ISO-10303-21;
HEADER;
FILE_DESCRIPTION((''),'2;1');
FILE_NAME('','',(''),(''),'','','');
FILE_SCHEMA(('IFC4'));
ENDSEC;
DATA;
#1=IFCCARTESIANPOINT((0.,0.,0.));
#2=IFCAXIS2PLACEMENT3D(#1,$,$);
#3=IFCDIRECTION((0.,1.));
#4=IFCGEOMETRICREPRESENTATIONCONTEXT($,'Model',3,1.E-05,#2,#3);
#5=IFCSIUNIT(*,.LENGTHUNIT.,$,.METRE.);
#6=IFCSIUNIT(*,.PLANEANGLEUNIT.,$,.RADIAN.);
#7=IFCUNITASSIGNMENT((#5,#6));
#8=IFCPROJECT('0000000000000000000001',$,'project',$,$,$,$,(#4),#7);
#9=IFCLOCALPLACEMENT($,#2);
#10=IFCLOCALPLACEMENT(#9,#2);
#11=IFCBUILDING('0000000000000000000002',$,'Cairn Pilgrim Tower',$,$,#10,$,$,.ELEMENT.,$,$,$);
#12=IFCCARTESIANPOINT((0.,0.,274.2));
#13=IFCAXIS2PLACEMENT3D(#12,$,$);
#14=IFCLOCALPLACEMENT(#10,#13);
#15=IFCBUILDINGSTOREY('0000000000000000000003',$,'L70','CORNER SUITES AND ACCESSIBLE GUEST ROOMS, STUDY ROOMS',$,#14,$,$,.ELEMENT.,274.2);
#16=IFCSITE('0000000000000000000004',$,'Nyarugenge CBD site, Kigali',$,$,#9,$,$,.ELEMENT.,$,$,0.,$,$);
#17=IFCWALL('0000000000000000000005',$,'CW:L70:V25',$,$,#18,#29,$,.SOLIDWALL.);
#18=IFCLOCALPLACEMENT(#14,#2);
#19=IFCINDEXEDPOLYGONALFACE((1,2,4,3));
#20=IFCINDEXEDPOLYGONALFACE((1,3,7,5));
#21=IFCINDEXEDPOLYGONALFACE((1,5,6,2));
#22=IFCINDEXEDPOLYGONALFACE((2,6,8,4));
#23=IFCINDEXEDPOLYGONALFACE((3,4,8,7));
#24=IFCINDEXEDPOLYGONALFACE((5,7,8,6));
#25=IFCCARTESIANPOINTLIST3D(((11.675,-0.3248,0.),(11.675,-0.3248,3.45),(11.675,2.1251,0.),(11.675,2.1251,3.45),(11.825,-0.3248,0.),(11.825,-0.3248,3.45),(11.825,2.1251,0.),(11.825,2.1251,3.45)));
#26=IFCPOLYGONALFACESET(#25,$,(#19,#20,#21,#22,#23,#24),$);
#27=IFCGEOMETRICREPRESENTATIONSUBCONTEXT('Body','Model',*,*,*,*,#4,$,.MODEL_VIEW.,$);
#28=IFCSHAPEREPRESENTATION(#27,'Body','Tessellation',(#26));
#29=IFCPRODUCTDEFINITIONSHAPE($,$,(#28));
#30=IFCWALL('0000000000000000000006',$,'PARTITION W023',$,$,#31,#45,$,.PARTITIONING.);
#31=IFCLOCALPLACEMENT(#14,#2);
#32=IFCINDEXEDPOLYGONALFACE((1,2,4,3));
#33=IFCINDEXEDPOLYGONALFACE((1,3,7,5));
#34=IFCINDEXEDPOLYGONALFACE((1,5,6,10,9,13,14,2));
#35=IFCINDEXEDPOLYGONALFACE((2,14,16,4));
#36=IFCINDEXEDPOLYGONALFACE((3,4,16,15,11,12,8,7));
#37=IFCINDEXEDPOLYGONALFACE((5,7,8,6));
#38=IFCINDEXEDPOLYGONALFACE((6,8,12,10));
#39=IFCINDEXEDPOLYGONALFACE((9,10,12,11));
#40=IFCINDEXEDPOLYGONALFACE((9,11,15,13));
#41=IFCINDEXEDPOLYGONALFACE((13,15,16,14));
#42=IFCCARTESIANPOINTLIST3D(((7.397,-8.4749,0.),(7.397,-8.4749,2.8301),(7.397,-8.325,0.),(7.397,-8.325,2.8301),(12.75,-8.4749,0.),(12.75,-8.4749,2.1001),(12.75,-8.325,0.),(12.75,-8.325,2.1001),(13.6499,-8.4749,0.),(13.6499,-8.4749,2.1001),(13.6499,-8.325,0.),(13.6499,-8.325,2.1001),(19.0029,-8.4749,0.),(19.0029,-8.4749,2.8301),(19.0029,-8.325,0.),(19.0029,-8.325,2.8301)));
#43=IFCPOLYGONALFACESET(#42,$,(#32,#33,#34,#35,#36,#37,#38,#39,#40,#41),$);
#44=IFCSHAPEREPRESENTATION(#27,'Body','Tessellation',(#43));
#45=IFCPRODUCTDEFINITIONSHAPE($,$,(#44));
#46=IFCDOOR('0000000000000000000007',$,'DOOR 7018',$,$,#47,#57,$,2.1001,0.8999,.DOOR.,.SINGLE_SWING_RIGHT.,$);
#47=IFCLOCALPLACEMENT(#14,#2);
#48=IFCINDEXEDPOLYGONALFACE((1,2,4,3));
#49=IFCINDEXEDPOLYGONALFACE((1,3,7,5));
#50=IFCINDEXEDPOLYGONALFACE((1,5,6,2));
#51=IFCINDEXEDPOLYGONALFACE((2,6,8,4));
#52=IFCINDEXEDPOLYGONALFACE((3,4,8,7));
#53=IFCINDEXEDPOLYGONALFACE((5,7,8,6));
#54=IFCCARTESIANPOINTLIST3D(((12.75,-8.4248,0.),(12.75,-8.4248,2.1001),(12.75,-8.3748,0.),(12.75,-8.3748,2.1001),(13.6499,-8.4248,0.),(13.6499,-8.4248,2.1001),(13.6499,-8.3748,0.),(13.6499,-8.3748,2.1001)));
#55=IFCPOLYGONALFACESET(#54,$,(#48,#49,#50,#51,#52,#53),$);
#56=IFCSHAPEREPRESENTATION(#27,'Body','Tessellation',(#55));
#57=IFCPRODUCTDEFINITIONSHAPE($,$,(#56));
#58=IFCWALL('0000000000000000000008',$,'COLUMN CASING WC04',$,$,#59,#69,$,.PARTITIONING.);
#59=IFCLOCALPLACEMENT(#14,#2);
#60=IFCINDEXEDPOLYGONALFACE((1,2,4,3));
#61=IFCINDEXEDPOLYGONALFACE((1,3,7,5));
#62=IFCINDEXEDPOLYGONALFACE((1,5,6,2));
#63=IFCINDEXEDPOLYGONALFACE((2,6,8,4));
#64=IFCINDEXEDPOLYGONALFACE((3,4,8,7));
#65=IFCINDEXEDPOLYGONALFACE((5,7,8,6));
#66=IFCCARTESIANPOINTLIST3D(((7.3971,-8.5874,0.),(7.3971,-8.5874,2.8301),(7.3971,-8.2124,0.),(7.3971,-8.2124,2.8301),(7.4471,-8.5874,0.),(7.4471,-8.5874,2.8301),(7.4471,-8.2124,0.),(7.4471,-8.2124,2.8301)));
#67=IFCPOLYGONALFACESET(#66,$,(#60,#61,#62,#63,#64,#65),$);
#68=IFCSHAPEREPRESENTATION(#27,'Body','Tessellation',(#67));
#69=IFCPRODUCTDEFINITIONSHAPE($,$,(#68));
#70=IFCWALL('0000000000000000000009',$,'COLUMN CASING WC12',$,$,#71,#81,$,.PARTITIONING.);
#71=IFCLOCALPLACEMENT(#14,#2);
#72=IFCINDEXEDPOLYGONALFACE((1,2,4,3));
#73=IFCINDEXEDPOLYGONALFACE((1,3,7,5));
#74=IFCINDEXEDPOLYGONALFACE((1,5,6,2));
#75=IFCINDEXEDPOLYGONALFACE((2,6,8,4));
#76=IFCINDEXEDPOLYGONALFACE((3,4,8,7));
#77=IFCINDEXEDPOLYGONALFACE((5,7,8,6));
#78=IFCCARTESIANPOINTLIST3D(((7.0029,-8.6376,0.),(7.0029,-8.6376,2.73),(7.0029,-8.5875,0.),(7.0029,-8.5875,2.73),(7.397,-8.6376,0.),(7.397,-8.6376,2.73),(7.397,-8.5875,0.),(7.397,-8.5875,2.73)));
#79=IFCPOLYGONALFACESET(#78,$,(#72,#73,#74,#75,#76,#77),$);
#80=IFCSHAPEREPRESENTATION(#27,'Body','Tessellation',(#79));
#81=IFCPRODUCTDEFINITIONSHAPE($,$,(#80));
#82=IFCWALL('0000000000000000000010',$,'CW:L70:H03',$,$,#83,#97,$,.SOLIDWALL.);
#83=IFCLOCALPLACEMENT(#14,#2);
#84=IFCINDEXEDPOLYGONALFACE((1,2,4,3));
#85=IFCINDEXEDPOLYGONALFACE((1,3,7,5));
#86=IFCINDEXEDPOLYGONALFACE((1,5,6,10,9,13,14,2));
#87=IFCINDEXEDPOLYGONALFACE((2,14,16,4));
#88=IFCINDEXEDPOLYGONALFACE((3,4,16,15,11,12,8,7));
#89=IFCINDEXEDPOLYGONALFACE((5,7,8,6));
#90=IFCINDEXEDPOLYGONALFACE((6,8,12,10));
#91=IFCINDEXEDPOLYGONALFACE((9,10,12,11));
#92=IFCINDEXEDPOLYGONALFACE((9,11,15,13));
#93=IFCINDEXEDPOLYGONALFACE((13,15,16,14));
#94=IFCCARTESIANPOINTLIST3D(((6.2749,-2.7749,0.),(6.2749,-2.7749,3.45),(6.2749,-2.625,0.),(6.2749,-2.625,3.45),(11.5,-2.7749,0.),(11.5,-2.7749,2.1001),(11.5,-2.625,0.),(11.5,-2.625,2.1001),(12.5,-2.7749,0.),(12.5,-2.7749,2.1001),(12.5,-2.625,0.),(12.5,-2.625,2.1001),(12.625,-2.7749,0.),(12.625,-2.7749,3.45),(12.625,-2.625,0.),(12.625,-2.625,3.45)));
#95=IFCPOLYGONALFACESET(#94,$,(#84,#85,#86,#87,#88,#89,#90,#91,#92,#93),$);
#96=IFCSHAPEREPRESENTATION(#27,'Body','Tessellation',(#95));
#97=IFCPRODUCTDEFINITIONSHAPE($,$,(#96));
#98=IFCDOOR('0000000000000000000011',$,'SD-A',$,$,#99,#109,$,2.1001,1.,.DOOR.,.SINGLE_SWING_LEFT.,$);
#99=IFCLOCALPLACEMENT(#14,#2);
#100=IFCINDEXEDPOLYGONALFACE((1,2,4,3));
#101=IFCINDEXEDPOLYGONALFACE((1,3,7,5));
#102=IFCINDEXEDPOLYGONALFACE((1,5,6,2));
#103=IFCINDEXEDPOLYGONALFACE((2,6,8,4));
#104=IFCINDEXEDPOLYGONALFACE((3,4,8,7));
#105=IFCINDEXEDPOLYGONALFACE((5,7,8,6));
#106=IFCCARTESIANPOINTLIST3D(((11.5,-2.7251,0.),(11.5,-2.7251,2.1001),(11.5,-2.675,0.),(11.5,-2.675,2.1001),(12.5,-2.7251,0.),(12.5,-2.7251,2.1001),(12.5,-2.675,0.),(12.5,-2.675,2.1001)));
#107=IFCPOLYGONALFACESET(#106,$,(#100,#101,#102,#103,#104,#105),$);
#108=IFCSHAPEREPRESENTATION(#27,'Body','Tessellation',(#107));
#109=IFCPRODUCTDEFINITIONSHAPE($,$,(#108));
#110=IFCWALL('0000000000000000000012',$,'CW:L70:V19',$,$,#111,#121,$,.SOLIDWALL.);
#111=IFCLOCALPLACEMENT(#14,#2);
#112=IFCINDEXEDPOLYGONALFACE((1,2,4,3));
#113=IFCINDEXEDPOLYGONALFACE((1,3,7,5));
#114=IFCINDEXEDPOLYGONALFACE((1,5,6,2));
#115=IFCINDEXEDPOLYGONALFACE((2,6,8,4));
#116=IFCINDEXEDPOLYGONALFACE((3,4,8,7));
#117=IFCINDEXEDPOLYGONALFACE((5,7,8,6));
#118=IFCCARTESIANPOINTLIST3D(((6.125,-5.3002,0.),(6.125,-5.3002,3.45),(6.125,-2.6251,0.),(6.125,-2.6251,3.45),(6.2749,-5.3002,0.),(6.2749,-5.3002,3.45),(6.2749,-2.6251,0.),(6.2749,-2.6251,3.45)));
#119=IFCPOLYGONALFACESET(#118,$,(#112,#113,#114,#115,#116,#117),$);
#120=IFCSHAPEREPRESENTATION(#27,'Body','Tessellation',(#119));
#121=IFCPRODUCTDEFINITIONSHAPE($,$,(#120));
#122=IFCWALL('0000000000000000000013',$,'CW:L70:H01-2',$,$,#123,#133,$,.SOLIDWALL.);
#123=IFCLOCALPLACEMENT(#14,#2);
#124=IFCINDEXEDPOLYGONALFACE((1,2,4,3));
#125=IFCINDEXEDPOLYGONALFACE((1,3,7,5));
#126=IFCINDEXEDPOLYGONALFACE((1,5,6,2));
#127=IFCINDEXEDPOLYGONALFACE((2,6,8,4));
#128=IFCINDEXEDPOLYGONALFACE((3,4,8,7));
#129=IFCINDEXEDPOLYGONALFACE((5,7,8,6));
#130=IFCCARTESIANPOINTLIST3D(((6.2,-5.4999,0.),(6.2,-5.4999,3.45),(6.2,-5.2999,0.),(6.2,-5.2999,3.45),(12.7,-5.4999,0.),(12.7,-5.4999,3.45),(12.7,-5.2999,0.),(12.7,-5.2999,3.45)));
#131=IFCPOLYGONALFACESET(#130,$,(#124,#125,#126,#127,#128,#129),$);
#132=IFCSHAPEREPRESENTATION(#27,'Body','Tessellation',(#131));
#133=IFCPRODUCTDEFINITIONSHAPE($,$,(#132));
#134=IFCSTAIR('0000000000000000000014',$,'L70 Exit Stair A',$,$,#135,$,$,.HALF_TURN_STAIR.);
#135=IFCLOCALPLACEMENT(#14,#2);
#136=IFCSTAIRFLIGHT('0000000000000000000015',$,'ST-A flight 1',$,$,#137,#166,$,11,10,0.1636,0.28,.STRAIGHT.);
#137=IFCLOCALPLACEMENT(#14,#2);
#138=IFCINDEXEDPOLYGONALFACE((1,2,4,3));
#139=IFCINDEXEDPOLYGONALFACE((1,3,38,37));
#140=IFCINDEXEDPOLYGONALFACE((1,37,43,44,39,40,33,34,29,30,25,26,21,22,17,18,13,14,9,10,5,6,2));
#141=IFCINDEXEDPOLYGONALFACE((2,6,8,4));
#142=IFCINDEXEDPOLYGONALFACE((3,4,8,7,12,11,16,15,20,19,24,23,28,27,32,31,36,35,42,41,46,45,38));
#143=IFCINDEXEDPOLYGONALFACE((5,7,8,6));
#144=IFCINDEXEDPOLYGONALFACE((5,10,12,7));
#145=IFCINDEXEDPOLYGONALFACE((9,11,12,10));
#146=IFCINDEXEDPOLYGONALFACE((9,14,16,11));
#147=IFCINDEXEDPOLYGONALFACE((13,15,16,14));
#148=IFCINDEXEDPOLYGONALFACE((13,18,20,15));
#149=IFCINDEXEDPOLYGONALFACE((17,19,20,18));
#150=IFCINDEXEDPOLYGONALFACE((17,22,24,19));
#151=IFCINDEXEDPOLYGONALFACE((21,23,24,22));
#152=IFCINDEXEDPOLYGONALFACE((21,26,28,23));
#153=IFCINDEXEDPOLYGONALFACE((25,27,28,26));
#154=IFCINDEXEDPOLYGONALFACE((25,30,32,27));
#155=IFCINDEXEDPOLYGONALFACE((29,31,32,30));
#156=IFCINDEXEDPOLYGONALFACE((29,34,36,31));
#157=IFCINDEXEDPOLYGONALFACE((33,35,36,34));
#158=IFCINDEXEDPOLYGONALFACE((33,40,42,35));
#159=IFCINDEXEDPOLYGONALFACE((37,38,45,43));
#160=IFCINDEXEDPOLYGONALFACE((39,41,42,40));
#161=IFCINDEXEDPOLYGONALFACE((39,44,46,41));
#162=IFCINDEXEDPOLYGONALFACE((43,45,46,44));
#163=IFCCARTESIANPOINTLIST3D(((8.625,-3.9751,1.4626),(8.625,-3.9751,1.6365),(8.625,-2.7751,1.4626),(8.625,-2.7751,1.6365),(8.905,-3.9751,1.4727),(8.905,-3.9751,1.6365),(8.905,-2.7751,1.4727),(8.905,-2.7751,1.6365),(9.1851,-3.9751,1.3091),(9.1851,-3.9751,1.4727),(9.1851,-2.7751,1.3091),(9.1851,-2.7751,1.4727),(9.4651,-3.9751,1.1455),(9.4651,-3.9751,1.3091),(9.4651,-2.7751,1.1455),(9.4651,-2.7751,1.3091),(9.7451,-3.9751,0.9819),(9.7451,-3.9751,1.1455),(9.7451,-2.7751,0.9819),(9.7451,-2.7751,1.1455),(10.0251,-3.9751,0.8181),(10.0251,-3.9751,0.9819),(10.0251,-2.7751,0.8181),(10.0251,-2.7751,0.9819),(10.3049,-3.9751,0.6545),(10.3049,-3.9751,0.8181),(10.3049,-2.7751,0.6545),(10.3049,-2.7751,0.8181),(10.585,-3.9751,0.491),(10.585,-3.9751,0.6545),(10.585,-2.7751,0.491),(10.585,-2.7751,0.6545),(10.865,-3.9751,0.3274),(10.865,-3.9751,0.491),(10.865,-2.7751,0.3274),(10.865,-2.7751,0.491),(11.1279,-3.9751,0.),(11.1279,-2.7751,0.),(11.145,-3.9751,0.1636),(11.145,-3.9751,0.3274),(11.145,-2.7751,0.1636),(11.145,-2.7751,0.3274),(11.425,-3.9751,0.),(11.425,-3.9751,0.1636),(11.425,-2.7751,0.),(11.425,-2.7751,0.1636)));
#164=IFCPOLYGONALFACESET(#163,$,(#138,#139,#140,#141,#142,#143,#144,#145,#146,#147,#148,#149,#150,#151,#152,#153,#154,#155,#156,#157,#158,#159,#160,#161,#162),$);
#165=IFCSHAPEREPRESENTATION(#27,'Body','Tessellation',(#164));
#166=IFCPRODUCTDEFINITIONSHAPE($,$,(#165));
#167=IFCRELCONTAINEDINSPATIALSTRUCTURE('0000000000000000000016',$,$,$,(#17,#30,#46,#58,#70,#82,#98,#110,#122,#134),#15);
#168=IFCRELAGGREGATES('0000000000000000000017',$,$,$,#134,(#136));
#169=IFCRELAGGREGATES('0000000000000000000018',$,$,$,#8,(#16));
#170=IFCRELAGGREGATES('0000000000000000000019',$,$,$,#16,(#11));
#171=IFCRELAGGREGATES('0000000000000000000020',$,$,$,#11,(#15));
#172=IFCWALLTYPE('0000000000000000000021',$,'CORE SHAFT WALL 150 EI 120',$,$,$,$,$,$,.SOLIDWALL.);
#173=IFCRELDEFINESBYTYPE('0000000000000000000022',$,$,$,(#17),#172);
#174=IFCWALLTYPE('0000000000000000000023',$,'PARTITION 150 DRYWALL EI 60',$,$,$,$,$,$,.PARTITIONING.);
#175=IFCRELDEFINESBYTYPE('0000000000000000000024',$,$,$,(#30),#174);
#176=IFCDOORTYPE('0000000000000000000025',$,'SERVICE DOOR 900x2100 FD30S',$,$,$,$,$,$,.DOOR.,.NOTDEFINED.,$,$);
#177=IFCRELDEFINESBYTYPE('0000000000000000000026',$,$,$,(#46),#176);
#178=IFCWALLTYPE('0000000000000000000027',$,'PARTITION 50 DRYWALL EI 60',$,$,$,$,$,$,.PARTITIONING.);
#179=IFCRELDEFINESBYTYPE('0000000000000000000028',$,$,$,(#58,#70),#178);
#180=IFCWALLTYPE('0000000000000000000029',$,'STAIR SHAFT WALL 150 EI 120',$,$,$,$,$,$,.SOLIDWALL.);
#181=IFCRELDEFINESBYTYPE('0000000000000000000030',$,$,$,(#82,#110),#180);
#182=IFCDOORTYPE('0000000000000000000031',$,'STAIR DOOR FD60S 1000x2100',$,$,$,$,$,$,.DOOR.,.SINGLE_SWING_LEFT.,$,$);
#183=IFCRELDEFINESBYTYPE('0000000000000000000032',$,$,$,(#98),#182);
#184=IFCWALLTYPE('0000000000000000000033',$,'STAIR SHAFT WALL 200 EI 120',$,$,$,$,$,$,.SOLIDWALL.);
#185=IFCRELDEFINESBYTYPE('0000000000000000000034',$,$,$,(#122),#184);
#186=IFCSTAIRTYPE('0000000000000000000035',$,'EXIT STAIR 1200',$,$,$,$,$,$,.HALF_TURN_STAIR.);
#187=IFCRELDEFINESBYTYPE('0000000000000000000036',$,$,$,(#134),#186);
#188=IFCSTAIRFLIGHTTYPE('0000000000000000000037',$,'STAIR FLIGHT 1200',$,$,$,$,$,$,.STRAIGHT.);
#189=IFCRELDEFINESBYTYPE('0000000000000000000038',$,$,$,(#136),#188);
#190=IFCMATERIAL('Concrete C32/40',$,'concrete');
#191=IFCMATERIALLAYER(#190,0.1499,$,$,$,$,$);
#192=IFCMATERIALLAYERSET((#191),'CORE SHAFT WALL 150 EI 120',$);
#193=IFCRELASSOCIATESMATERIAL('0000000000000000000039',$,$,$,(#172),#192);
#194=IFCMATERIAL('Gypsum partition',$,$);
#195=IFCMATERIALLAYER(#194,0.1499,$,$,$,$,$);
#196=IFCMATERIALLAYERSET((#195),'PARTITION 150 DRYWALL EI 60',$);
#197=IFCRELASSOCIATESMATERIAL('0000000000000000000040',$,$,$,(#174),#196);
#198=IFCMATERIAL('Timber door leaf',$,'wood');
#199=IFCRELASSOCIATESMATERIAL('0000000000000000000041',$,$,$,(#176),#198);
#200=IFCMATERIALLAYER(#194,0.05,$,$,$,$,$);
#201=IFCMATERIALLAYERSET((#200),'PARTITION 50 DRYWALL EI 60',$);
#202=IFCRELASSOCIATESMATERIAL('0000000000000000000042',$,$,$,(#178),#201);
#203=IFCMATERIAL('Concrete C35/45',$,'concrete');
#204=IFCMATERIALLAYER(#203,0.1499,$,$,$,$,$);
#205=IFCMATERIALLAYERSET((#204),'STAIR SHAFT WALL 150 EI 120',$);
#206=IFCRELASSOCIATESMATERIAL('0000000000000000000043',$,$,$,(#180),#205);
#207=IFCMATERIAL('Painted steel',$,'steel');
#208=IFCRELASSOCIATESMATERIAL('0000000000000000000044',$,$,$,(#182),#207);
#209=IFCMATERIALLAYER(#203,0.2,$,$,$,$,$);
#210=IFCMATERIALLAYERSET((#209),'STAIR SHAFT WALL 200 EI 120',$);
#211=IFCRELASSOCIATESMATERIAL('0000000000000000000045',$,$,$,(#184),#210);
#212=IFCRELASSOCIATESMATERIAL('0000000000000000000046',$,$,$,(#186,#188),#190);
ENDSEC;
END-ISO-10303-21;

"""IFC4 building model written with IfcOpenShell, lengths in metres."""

from ifc_helpers import new_model, si_unit, direction, frame, frame_2d, origin, place, context, subcontext, project, spatial, polyline, rectangle, outline, extrude, material, layer, layer_set, type_object, element, fill, aggregate, save


model = new_model("IFC4")

# Units and contexts
model_context = context("Model", 3, precision=1e-05, world=origin(), true_north=direction((0.0, 1.0)))
body_context = subcontext(model_context, "Body", "Model", "MODEL_VIEW")
ifc_project = project(units=[si_unit("LENGTHUNIT", "METRE"), si_unit("PLANEANGLEUNIT", "RADIAN")], contexts=[model_context])

# Site, building, storey
site_placement = place(None, origin())
site = spatial("IfcSite", under=ifc_project, at=site_placement, Name="Nyarugenge CBD site, Kigali", CompositionType="ELEMENT", RefElevation=0.0)
building_placement = place(site_placement, origin())
building = spatial("IfcBuilding", under=site, at=building_placement, Name="Cairn Pilgrim Tower", CompositionType="ELEMENT")
storey_placement = place(building_placement, frame((0.0, 0.0, 274.2)))
storey = spatial("IfcBuildingStorey", under=building, at=storey_placement, Name="L70", Description="CORNER SUITES AND ACCESSIBLE GUEST ROOMS, STUDY ROOMS", CompositionType="ELEMENT", Elevation=274.2)

# Shared definitions
ifc_material_1 = material(Name="Concrete C32/40", Category="concrete")

# Shared definitions
ifc_layer_1 = layer(ifc_material_1, 0.1499)
ifc_layer_set_1 = layer_set([ifc_layer_1], Name="CORE SHAFT WALL 150 EI 120")
wall_type_1 = type_object("IfcWallType", Name="CORE SHAFT WALL 150 EI 120", PredefinedType="SOLIDWALL", material=ifc_layer_set_1)

# Wall
wall_1_placement = place(storey_placement, frame((11.75, -0.325, 0.0), z_axis=(0.0, 0.0, 1.0), x_axis=(0.0, 1.0, 0.0)))
element("IfcWall", 1, at=wall_1_placement, inside=storey, type_object=wall_type_1, Name="CW:L70:V25", PredefinedType="SOLIDWALL", context=body_context, shape_type="SweptSolid", body=[
    extrude(rectangle(XDim=2.45, YDim=0.1499, at=frame_2d((1.2251, 0.0))), origin(), (0.0, 0.0, 1.0), 3.45),
])

# Wall, opening, door
ifc_material_2 = material(Name="Gypsum partition")
ifc_layer_2 = layer(ifc_material_2, 0.1499)
ifc_layer_set_2 = layer_set([ifc_layer_2], Name="PARTITION 150 DRYWALL EI 60")
wall_type_2 = type_object("IfcWallType", Name="PARTITION 150 DRYWALL EI 60", PredefinedType="PARTITIONING", material=ifc_layer_set_2)
wall_2_placement = place(storey_placement, frame((7.397, -8.3999, 0.0), z_axis=(0.0, 0.0, 1.0), x_axis=(1.0, 0.0, 0.0)))
wall_2 = element("IfcWall", 2, at=wall_2_placement, inside=storey, type_object=wall_type_2, Name="PARTITION W023", PredefinedType="PARTITIONING", context=body_context, shape_type="SweptSolid", body=[
    extrude(rectangle(XDim=11.606, YDim=0.1499, at=frame_2d((5.803, 0.0))), origin(), (0.0, 0.0, 1.0), 2.8301),
])
opening_1_placement = place(wall_2_placement, frame((5.353, 0.0, 0.0)))
opening_1 = element("IfcOpeningElement", 3, at=opening_1_placement, cuts=wall_2, PredefinedType="OPENING", context=body_context, shape_type="SweptSolid", body=[
    extrude(rectangle(XDim=0.8999, YDim=2.1001, at=frame_2d((0.45, 1.05))), frame((0.0, 0.085, 0.0), z_axis=(0.0, -1.0, 0.0), x_axis=(1.0, 0.0, 0.0)), (0.0, 0.0, 1.0), 0.1699),
])
ifc_material_3 = material(Name="Timber door leaf", Category="wood")
door_type_1 = type_object("IfcDoorType", Name="SERVICE DOOR 900x2100 FD30S", OperationType="NOTDEFINED", PredefinedType="DOOR", material=ifc_material_3)
door_1_placement = place(opening_1_placement, frame((0.8999, 0.0, 0.0), z_axis=(0.0, 0.0, 1.0), x_axis=(-1.0, 0.0, 0.0)))
door_1 = element("IfcDoor", 4, at=door_1_placement, inside=storey, type_object=door_type_1, Name="DOOR 7018", OperationType="SINGLE_SWING_RIGHT", OverallHeight=2.1001, OverallWidth=0.8999, PredefinedType="DOOR", context=body_context, shape_type="SweptSolid", body=[
    extrude(rectangle(XDim=0.8999, YDim=2.1001, at=frame_2d((0.45, 1.05))), frame((0.0, 0.0249, 0.0), z_axis=(0.0, -1.0, 0.0), x_axis=(1.0, 0.0, 0.0)), (0.0, 0.0, 1.0), 0.05),
])
fill(opening_1, door_1)

# Walls
ifc_layer_3 = layer(ifc_material_2, 0.05)
ifc_layer_set_3 = layer_set([ifc_layer_3], Name="PARTITION 50 DRYWALL EI 60")
wall_type_3 = type_object("IfcWallType", Name="PARTITION 50 DRYWALL EI 60", PredefinedType="PARTITIONING", material=ifc_layer_set_3)
wall_3_placement = place(storey_placement, frame((7.4221, -8.5874, 0.0), z_axis=(0.0, 0.0, 1.0), x_axis=(0.0, 1.0, 0.0)))
element("IfcWall", 5, at=wall_3_placement, inside=storey, type_object=wall_type_3, Name="COLUMN CASING WC04", PredefinedType="PARTITIONING", context=body_context, shape_type="SweptSolid", body=[
    extrude(rectangle(XDim=0.375, YDim=0.05, at=frame_2d((0.1875, 0.0))), origin(), (0.0, 0.0, 1.0), 2.8301),
])
wall_4_placement = place(storey_placement, frame((7.0029, -8.6125, 0.0), z_axis=(0.0, 0.0, 1.0), x_axis=(1.0, 0.0, 0.0)))
element("IfcWall", 6, at=wall_4_placement, inside=storey, type_object=wall_type_3, Name="COLUMN CASING WC12", PredefinedType="PARTITIONING", context=body_context, shape_type="SweptSolid", body=[
    extrude(rectangle(XDim=0.394, YDim=0.05, at=frame_2d((0.197, 0.0))), origin(), (0.0, 0.0, 1.0), 2.73),
])

# Wall, opening, door
ifc_material_4 = material(Name="Concrete C35/45", Category="concrete")
ifc_layer_4 = layer(ifc_material_4, 0.1499)
ifc_layer_set_4 = layer_set([ifc_layer_4], Name="STAIR SHAFT WALL 150 EI 120")
wall_type_4 = type_object("IfcWallType", Name="STAIR SHAFT WALL 150 EI 120", PredefinedType="SOLIDWALL", material=ifc_layer_set_4)
wall_5_placement = place(storey_placement, frame((6.2749, -2.7, 0.0), z_axis=(0.0, 0.0, 1.0), x_axis=(1.0, 0.0, 0.0)))
wall_5 = element("IfcWall", 7, at=wall_5_placement, inside=storey, type_object=wall_type_4, Name="CW:L70:H03", PredefinedType="SOLIDWALL", context=body_context, shape_type="SweptSolid", body=[
    extrude(rectangle(XDim=6.3501, YDim=0.1499, at=frame_2d((3.175, 0.0))), origin(), (0.0, 0.0, 1.0), 3.45),
])
opening_2_placement = place(wall_5_placement, frame((5.2251, 0.0, 0.0)))
opening_2 = element("IfcOpeningElement", 8, at=opening_2_placement, cuts=wall_5, PredefinedType="OPENING", context=body_context, shape_type="SweptSolid", body=[
    extrude(rectangle(XDim=1.0, YDim=2.1001, at=frame_2d((0.5, 1.05))), frame((0.0, 0.085, 0.0), z_axis=(0.0, -1.0, 0.0), x_axis=(1.0, 0.0, 0.0)), (0.0, 0.0, 1.0), 0.1699),
])
ifc_material_5 = material(Name="Painted steel", Category="steel")
door_type_2 = type_object("IfcDoorType", Name="STAIR DOOR FD60S 1000x2100", OperationType="SINGLE_SWING_LEFT", PredefinedType="DOOR", material=ifc_material_5)
door_2_placement = place(opening_2_placement, origin())
door_2 = element("IfcDoor", 9, at=door_2_placement, inside=storey, type_object=door_type_2, Name="SD-A", OperationType="SINGLE_SWING_LEFT", OverallHeight=2.1001, OverallWidth=1.0, PredefinedType="DOOR", context=body_context, shape_type="SweptSolid", body=[
    extrude(rectangle(XDim=1.0, YDim=2.1001, at=frame_2d((0.5, 1.05))), frame((0.0, 0.0249, 0.0), z_axis=(0.0, -1.0, 0.0), x_axis=(1.0, 0.0, 0.0)), (0.0, 0.0, 1.0), 0.05),
])
fill(opening_2, door_2)

# Walls
wall_6_placement = place(storey_placement, frame((6.2, -5.3, 0.0), z_axis=(0.0, 0.0, 1.0), x_axis=(0.0, 1.0, 0.0)))
element("IfcWall", 10, at=wall_6_placement, inside=storey, type_object=wall_type_4, Name="CW:L70:V19", PredefinedType="SOLIDWALL", context=body_context, shape_type="SweptSolid", body=[
    extrude(rectangle(XDim=2.675, YDim=0.1499, at=frame_2d((1.3374, 0.0))), origin(), (0.0, 0.0, 1.0), 3.45),
])
ifc_layer_5 = layer(ifc_material_4, 0.2)
ifc_layer_set_5 = layer_set([ifc_layer_5], Name="STAIR SHAFT WALL 200 EI 120")
wall_type_5 = type_object("IfcWallType", Name="STAIR SHAFT WALL 200 EI 120", PredefinedType="SOLIDWALL", material=ifc_layer_set_5)
wall_7_placement = place(storey_placement, frame((6.2, -5.3999, 0.0), z_axis=(0.0, 0.0, 1.0), x_axis=(1.0, 0.0, 0.0)))
element("IfcWall", 11, at=wall_7_placement, inside=storey, type_object=wall_type_5, Name="CW:L70:H01-2", PredefinedType="SOLIDWALL", context=body_context, shape_type="SweptSolid", body=[
    extrude(rectangle(XDim=6.5, YDim=0.2, at=frame_2d((3.25, 0.0))), origin(), (0.0, 0.0, 1.0), 3.45),
])

# Stair, stair flight
stair_type = type_object("IfcStairType", Name="EXIT STAIR 1200", PredefinedType="HALF_TURN_STAIR", material=ifc_material_1)
stair_placement = place(storey_placement, origin())
stair = element("IfcStair", 12, at=stair_placement, inside=storey, type_object=stair_type, Name="L70 Exit Stair A", PredefinedType="HALF_TURN_STAIR")
stair_flight_type = type_object("IfcStairFlightType", Name="STAIR FLIGHT 1200", PredefinedType="STRAIGHT", material=ifc_material_1)
stair_flight_1_placement = place(storey_placement, frame((11.425, -3.375, 0.0), z_axis=(0.0, 0.0, 1.0), x_axis=(-1.0, 0.0, 0.0)))
stair_flight_1 = element("IfcStairFlight", 13, at=stair_flight_1_placement, type_object=stair_flight_type, Name="ST-A flight 1", NumberOfRisers=11, NumberOfTreads=10, PredefinedType="STRAIGHT", RiserHeight=0.1636, TreadLength=0.28, context=body_context, shape_type="SweptSolid", body=[
    extrude(outline(polyline([(0.0, 0.0), (0.0, 0.1636), (0.28, 0.1636), (0.28, 0.3274), (0.5601, 0.3274), (0.5601, 0.491), (0.8401, 0.491), (0.8401, 0.6545), (1.1201, 0.6545), (1.1201, 0.8181), (1.3999, 0.8181), (1.3999, 0.9819), (1.6799, 0.9819), (1.6799, 1.1455), (1.96, 1.1455), (1.96, 1.3091), (2.24, 1.3091), (2.24, 1.4727), (2.52, 1.4727), (2.52, 1.6365), (2.8, 1.6365), (2.8, 1.8), (2.8, 1.4626), (0.2971, 0.0), (0.0, 0.0)])), frame((0.0, 0.6001, 0.0), z_axis=(0.0, -1.0, 0.0), x_axis=(1.0, 0.0, 0.0)), (0.0, 0.0, 1.0), 1.2),
])
aggregate(stair, [stair_flight_1])

save(model, "model.ifc")
